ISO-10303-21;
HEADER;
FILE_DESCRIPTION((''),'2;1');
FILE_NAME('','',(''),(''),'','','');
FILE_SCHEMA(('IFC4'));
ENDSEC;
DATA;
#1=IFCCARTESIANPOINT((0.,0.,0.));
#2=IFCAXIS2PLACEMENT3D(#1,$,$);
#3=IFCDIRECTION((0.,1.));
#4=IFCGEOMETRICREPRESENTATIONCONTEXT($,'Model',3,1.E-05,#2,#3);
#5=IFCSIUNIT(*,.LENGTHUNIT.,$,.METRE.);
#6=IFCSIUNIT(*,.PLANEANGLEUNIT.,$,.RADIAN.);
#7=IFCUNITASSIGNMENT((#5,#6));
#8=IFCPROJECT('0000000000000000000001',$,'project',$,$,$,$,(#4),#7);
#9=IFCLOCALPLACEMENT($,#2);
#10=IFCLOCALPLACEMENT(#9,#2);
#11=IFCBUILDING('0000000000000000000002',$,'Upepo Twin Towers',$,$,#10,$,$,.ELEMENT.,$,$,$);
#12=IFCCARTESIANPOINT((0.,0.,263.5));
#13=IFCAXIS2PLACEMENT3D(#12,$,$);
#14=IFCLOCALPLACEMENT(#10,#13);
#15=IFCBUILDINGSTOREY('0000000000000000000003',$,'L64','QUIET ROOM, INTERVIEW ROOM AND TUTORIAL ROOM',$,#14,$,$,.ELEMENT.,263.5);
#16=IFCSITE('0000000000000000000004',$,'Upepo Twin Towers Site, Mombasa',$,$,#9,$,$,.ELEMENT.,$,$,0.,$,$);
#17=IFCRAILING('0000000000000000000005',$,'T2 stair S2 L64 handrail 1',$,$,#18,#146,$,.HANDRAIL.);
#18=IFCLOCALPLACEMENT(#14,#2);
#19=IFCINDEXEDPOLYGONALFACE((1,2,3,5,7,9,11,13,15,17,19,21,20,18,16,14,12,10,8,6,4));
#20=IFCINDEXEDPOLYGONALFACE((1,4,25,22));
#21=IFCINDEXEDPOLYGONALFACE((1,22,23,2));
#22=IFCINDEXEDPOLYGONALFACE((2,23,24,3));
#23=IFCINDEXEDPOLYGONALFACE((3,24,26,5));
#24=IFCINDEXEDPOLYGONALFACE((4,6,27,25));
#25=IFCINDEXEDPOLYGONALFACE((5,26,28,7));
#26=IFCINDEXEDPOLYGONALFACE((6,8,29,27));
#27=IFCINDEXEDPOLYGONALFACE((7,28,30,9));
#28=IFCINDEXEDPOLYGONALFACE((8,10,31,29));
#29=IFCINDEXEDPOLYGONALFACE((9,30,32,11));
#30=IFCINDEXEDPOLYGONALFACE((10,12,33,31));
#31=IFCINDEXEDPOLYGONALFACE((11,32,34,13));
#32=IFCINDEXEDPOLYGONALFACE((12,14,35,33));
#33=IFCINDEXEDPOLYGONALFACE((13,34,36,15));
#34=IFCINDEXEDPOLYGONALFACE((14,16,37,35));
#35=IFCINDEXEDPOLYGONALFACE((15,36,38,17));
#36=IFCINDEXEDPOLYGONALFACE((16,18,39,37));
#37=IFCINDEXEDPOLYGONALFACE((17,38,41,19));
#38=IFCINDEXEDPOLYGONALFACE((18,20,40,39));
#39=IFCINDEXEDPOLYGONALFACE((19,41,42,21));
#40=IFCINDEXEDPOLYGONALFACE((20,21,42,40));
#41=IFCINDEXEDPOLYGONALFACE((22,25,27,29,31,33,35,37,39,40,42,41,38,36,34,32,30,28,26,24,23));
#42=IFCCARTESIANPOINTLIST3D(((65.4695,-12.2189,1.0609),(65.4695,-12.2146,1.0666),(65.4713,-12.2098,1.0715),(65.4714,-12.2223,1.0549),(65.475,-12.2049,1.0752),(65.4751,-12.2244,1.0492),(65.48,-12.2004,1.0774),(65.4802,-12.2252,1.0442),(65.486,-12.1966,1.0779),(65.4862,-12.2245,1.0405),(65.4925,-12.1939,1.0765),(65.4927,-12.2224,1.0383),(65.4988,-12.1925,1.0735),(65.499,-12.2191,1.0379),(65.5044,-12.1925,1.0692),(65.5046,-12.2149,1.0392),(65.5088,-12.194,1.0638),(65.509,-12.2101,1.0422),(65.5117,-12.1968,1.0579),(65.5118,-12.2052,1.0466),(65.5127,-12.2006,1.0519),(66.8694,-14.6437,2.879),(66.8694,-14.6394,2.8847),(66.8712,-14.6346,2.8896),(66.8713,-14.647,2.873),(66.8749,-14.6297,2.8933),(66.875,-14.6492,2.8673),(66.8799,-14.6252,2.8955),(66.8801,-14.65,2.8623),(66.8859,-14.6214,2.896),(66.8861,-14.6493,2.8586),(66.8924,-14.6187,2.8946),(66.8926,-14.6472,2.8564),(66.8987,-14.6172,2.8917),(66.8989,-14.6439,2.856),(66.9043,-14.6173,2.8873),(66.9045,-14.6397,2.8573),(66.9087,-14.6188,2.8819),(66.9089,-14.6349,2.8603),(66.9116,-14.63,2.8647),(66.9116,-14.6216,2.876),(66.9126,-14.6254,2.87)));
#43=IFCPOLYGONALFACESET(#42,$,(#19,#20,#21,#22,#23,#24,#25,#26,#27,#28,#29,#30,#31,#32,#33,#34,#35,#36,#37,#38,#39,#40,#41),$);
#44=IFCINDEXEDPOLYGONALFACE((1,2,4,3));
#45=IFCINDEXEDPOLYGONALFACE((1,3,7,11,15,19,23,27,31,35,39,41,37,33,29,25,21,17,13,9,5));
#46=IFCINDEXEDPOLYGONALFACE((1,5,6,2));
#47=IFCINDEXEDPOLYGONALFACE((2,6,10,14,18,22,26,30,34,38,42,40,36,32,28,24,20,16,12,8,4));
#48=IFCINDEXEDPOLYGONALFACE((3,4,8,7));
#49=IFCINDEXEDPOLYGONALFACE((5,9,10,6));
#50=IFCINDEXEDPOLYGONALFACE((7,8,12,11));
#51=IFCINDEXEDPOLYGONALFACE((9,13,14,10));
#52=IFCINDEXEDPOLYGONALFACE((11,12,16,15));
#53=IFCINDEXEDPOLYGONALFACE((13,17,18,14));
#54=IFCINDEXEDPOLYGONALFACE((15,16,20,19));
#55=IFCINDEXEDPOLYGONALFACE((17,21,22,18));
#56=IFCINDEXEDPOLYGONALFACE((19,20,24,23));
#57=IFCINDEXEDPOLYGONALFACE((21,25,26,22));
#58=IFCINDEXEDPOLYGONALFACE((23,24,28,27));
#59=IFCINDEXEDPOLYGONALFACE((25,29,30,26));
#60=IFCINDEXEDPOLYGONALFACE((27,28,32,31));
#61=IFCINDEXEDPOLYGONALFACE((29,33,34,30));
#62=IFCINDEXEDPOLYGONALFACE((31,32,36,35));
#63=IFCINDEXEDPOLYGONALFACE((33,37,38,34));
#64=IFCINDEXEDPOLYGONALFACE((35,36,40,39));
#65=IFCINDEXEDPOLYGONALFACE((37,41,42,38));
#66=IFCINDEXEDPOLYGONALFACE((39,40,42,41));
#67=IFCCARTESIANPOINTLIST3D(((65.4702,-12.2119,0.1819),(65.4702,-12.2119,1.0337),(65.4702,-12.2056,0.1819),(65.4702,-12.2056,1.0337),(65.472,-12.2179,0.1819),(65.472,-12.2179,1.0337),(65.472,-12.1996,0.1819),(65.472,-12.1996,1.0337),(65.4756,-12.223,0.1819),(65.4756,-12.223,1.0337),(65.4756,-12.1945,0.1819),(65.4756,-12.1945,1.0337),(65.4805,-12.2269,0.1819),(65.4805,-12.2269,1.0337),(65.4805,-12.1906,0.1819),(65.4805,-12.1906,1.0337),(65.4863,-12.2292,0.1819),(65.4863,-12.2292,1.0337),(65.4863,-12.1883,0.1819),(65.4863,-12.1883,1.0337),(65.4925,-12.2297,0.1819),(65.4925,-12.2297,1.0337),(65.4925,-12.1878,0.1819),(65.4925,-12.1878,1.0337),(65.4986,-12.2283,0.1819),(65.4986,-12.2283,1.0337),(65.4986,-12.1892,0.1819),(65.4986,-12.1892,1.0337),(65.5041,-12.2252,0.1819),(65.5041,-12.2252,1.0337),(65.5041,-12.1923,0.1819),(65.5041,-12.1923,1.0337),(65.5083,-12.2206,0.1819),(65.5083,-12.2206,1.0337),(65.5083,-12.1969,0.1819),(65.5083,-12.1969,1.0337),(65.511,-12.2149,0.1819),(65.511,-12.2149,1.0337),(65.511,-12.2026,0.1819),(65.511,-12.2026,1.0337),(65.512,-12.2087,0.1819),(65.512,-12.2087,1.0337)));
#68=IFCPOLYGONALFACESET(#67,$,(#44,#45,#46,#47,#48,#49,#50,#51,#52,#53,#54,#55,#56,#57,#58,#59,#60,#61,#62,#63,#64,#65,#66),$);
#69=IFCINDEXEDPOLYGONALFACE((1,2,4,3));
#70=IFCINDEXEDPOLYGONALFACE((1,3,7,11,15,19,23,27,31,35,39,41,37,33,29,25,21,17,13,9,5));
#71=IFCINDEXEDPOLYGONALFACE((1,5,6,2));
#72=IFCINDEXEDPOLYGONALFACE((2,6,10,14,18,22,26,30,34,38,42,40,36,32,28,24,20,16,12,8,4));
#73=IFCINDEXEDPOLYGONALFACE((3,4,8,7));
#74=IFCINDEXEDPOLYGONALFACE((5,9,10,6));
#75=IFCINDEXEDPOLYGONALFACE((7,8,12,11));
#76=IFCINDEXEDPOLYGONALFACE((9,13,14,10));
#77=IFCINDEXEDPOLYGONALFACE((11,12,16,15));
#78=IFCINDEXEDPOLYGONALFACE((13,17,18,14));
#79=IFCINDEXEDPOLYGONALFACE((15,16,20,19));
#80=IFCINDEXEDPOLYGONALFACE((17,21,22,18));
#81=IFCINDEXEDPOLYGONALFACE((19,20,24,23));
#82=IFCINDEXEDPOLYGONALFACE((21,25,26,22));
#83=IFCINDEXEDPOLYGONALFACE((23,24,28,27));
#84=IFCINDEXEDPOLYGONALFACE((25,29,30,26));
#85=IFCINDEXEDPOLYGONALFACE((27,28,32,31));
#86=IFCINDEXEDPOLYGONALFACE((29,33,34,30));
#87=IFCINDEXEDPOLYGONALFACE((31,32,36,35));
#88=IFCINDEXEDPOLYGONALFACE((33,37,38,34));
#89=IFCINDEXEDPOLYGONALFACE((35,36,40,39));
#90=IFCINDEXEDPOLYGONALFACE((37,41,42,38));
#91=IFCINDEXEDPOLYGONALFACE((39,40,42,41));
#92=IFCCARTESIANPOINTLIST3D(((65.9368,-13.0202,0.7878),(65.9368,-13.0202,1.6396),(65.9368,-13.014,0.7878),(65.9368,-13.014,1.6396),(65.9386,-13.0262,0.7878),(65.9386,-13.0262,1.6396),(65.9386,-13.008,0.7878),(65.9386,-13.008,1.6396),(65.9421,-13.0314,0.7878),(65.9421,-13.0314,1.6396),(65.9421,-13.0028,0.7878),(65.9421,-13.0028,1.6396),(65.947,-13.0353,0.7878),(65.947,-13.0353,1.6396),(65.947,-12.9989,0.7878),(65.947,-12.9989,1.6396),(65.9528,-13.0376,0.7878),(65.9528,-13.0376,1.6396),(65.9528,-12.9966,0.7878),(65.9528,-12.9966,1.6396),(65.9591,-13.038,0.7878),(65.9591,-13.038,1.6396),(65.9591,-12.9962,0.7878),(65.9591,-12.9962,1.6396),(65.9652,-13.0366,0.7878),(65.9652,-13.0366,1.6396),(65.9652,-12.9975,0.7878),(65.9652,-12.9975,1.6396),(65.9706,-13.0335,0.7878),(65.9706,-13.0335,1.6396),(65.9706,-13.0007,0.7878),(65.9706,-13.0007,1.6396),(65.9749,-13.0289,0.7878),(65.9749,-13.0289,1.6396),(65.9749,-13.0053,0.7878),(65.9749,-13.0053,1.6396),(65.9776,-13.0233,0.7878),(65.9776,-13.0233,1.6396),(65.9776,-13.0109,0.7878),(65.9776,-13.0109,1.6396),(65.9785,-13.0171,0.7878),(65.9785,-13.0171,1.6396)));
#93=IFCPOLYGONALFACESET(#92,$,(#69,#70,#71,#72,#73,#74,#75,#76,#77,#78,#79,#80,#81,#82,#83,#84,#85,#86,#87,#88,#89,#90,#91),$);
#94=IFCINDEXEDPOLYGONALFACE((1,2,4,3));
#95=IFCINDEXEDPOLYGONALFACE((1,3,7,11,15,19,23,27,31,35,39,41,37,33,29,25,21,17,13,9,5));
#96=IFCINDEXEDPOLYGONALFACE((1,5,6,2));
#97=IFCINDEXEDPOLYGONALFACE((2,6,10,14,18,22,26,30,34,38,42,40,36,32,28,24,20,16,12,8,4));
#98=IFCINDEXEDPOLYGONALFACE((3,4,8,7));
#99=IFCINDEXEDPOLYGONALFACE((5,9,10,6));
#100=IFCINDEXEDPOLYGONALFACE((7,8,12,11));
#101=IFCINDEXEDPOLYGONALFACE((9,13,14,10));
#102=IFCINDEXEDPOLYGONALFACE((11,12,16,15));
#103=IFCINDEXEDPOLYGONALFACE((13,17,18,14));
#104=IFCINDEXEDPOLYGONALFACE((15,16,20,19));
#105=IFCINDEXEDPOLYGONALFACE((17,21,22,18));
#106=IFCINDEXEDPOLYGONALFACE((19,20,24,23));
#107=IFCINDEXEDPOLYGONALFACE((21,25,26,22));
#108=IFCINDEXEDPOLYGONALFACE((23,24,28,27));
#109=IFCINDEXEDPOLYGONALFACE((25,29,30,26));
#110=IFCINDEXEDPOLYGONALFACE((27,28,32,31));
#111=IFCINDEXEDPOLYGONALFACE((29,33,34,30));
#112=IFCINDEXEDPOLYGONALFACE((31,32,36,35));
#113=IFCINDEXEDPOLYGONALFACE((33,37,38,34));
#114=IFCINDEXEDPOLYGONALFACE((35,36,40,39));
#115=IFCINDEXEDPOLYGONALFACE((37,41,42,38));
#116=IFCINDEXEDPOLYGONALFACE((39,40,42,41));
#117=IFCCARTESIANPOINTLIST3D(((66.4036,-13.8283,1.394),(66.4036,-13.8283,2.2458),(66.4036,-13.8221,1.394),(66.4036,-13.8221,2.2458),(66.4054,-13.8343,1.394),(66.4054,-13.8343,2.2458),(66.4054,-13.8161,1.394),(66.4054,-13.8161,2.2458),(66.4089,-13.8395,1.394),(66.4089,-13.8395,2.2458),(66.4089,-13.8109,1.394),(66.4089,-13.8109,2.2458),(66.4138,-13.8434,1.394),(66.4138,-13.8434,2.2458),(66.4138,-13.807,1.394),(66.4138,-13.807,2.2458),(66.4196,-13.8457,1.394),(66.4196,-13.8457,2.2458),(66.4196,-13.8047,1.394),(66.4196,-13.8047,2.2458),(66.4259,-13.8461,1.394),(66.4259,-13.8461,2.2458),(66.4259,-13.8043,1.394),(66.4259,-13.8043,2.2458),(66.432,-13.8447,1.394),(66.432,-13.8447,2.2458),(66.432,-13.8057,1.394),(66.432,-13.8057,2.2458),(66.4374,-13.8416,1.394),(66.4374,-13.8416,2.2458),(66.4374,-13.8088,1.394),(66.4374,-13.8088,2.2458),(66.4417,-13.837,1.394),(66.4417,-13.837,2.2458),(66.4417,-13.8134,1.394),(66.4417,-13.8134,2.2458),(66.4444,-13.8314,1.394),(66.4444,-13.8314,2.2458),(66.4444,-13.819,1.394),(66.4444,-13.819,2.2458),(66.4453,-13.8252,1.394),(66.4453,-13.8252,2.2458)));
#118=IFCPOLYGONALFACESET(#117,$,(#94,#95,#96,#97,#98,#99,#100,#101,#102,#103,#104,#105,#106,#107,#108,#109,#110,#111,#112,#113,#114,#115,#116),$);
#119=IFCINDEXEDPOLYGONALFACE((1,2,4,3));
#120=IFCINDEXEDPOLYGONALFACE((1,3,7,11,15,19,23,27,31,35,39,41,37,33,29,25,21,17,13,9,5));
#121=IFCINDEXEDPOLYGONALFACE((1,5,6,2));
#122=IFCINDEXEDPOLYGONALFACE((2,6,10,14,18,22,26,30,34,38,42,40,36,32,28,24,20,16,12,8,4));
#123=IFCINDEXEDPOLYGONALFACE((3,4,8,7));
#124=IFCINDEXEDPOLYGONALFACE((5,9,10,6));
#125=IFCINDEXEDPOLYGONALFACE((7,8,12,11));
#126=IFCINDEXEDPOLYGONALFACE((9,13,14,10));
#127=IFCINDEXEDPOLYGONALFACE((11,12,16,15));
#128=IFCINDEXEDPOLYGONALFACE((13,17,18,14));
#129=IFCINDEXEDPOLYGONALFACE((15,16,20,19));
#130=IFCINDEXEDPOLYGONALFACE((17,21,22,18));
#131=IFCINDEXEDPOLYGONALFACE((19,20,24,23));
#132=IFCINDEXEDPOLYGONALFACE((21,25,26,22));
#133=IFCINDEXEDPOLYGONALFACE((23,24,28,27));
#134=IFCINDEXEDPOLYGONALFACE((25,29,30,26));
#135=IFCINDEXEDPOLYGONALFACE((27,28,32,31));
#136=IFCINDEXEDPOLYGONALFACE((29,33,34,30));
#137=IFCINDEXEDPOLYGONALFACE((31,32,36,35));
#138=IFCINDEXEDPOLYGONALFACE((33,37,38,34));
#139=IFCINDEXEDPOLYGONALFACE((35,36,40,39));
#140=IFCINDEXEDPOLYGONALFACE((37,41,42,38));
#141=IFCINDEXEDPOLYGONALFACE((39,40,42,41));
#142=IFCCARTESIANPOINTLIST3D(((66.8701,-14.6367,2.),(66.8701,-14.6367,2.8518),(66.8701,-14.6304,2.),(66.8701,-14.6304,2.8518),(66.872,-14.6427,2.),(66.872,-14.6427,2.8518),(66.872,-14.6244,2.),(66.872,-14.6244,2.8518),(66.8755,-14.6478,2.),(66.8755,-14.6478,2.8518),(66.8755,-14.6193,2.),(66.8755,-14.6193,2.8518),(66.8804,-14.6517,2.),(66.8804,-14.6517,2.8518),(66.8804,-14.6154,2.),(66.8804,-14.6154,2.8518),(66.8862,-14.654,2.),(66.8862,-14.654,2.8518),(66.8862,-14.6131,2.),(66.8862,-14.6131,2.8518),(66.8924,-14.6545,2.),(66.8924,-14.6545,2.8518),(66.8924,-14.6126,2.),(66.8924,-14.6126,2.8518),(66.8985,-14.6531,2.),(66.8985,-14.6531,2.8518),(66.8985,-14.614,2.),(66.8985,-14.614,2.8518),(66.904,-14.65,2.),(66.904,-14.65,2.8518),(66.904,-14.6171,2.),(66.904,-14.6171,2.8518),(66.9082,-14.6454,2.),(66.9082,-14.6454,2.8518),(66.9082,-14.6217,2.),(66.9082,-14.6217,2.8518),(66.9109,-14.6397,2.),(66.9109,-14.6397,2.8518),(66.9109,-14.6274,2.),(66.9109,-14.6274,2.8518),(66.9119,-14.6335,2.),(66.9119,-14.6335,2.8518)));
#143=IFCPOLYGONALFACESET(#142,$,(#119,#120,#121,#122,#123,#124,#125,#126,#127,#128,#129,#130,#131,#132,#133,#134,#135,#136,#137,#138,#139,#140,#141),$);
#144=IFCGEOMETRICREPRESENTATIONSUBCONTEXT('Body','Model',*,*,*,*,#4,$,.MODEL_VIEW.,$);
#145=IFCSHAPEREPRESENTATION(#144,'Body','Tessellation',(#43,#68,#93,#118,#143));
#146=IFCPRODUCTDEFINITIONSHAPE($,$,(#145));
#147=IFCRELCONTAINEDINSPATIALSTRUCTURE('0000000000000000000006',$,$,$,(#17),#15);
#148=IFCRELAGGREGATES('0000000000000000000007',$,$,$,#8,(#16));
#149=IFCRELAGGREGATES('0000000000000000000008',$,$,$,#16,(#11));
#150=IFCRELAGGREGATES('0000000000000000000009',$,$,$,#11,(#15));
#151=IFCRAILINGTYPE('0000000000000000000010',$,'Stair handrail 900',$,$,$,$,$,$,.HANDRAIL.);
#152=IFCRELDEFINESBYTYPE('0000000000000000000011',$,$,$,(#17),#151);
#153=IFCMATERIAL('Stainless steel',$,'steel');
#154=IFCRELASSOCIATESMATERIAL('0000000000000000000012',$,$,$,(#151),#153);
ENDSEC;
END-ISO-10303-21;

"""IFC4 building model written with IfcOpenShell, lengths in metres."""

from ifc_helpers import new_model, si_unit, direction, frame, origin, origin_2d, place, context, subcontext, project, spatial, circle, extrude, material, type_object, element, save


model = new_model("IFC4")

# Units and contexts
model_context = context("Model", 3, precision=1e-05, world=origin(), true_north=direction((0.0, 1.0)))
body_context = subcontext(model_context, "Body", "Model", "MODEL_VIEW")
ifc_project = project(units=[si_unit("LENGTHUNIT", "METRE"), si_unit("PLANEANGLEUNIT", "RADIAN")], contexts=[model_context])

# Site, building, storey
site_placement = place(None, origin())
site = spatial("IfcSite", under=ifc_project, at=site_placement, Name="Upepo Twin Towers Site, Mombasa", CompositionType="ELEMENT", RefElevation=0.0)
building_placement = place(site_placement, origin())
building = spatial("IfcBuilding", under=site, at=building_placement, Name="Upepo Twin Towers", CompositionType="ELEMENT")
storey_placement = place(building_placement, frame((0.0, 0.0, 263.5)))
storey = spatial("IfcBuildingStorey", under=building, at=storey_placement, Name="L64", Description="QUIET ROOM, INTERVIEW ROOM AND TUTORIAL ROOM", CompositionType="ELEMENT", Elevation=263.5)

# Railing
ifc_material_1 = material(Name="Stainless steel", Category="steel")
railing_type = type_object("IfcRailingType", Name="Stair handrail 900", PredefinedType="HANDRAIL", material=ifc_material_1)
railing_1_placement = place(storey_placement, frame((65.491, -12.2087, 0.1819)))
element("IfcRailing", 1, at=railing_1_placement, inside=storey, type_object=railing_type, Name="T2 stair S2 L64 handrail 1", PredefinedType="HANDRAIL", context=body_context, shape_type="SweptSolid", body=[
    extrude(circle(Radius=0.0239, at=origin_2d()), frame((0.0, 0.0, 0.876), z_axis=(0.419333, -0.726336, 0.544606), x_axis=(0.866035, 0.499984, 0.0)), (0.0, 0.0, 1.0), 3.3384),
    extrude(circle(Radius=0.021, at=origin_2d()), origin(), (0.0, 0.0, 1.0), 0.8518),
    extrude(circle(Radius=0.021, at=origin_2d()), frame((0.4666, -0.8083, 0.606)), (0.0, 0.0, 1.0), 0.8518),
    extrude(circle(Radius=0.021, at=origin_2d()), frame((0.9333, -1.6165, 1.2122)), (0.0, 0.0, 1.0), 0.8518),
    extrude(circle(Radius=0.021, at=origin_2d()), frame((1.3999, -2.4248, 1.8181)), (0.0, 0.0, 1.0), 0.8518),
])

save(model, "model.ifc")
